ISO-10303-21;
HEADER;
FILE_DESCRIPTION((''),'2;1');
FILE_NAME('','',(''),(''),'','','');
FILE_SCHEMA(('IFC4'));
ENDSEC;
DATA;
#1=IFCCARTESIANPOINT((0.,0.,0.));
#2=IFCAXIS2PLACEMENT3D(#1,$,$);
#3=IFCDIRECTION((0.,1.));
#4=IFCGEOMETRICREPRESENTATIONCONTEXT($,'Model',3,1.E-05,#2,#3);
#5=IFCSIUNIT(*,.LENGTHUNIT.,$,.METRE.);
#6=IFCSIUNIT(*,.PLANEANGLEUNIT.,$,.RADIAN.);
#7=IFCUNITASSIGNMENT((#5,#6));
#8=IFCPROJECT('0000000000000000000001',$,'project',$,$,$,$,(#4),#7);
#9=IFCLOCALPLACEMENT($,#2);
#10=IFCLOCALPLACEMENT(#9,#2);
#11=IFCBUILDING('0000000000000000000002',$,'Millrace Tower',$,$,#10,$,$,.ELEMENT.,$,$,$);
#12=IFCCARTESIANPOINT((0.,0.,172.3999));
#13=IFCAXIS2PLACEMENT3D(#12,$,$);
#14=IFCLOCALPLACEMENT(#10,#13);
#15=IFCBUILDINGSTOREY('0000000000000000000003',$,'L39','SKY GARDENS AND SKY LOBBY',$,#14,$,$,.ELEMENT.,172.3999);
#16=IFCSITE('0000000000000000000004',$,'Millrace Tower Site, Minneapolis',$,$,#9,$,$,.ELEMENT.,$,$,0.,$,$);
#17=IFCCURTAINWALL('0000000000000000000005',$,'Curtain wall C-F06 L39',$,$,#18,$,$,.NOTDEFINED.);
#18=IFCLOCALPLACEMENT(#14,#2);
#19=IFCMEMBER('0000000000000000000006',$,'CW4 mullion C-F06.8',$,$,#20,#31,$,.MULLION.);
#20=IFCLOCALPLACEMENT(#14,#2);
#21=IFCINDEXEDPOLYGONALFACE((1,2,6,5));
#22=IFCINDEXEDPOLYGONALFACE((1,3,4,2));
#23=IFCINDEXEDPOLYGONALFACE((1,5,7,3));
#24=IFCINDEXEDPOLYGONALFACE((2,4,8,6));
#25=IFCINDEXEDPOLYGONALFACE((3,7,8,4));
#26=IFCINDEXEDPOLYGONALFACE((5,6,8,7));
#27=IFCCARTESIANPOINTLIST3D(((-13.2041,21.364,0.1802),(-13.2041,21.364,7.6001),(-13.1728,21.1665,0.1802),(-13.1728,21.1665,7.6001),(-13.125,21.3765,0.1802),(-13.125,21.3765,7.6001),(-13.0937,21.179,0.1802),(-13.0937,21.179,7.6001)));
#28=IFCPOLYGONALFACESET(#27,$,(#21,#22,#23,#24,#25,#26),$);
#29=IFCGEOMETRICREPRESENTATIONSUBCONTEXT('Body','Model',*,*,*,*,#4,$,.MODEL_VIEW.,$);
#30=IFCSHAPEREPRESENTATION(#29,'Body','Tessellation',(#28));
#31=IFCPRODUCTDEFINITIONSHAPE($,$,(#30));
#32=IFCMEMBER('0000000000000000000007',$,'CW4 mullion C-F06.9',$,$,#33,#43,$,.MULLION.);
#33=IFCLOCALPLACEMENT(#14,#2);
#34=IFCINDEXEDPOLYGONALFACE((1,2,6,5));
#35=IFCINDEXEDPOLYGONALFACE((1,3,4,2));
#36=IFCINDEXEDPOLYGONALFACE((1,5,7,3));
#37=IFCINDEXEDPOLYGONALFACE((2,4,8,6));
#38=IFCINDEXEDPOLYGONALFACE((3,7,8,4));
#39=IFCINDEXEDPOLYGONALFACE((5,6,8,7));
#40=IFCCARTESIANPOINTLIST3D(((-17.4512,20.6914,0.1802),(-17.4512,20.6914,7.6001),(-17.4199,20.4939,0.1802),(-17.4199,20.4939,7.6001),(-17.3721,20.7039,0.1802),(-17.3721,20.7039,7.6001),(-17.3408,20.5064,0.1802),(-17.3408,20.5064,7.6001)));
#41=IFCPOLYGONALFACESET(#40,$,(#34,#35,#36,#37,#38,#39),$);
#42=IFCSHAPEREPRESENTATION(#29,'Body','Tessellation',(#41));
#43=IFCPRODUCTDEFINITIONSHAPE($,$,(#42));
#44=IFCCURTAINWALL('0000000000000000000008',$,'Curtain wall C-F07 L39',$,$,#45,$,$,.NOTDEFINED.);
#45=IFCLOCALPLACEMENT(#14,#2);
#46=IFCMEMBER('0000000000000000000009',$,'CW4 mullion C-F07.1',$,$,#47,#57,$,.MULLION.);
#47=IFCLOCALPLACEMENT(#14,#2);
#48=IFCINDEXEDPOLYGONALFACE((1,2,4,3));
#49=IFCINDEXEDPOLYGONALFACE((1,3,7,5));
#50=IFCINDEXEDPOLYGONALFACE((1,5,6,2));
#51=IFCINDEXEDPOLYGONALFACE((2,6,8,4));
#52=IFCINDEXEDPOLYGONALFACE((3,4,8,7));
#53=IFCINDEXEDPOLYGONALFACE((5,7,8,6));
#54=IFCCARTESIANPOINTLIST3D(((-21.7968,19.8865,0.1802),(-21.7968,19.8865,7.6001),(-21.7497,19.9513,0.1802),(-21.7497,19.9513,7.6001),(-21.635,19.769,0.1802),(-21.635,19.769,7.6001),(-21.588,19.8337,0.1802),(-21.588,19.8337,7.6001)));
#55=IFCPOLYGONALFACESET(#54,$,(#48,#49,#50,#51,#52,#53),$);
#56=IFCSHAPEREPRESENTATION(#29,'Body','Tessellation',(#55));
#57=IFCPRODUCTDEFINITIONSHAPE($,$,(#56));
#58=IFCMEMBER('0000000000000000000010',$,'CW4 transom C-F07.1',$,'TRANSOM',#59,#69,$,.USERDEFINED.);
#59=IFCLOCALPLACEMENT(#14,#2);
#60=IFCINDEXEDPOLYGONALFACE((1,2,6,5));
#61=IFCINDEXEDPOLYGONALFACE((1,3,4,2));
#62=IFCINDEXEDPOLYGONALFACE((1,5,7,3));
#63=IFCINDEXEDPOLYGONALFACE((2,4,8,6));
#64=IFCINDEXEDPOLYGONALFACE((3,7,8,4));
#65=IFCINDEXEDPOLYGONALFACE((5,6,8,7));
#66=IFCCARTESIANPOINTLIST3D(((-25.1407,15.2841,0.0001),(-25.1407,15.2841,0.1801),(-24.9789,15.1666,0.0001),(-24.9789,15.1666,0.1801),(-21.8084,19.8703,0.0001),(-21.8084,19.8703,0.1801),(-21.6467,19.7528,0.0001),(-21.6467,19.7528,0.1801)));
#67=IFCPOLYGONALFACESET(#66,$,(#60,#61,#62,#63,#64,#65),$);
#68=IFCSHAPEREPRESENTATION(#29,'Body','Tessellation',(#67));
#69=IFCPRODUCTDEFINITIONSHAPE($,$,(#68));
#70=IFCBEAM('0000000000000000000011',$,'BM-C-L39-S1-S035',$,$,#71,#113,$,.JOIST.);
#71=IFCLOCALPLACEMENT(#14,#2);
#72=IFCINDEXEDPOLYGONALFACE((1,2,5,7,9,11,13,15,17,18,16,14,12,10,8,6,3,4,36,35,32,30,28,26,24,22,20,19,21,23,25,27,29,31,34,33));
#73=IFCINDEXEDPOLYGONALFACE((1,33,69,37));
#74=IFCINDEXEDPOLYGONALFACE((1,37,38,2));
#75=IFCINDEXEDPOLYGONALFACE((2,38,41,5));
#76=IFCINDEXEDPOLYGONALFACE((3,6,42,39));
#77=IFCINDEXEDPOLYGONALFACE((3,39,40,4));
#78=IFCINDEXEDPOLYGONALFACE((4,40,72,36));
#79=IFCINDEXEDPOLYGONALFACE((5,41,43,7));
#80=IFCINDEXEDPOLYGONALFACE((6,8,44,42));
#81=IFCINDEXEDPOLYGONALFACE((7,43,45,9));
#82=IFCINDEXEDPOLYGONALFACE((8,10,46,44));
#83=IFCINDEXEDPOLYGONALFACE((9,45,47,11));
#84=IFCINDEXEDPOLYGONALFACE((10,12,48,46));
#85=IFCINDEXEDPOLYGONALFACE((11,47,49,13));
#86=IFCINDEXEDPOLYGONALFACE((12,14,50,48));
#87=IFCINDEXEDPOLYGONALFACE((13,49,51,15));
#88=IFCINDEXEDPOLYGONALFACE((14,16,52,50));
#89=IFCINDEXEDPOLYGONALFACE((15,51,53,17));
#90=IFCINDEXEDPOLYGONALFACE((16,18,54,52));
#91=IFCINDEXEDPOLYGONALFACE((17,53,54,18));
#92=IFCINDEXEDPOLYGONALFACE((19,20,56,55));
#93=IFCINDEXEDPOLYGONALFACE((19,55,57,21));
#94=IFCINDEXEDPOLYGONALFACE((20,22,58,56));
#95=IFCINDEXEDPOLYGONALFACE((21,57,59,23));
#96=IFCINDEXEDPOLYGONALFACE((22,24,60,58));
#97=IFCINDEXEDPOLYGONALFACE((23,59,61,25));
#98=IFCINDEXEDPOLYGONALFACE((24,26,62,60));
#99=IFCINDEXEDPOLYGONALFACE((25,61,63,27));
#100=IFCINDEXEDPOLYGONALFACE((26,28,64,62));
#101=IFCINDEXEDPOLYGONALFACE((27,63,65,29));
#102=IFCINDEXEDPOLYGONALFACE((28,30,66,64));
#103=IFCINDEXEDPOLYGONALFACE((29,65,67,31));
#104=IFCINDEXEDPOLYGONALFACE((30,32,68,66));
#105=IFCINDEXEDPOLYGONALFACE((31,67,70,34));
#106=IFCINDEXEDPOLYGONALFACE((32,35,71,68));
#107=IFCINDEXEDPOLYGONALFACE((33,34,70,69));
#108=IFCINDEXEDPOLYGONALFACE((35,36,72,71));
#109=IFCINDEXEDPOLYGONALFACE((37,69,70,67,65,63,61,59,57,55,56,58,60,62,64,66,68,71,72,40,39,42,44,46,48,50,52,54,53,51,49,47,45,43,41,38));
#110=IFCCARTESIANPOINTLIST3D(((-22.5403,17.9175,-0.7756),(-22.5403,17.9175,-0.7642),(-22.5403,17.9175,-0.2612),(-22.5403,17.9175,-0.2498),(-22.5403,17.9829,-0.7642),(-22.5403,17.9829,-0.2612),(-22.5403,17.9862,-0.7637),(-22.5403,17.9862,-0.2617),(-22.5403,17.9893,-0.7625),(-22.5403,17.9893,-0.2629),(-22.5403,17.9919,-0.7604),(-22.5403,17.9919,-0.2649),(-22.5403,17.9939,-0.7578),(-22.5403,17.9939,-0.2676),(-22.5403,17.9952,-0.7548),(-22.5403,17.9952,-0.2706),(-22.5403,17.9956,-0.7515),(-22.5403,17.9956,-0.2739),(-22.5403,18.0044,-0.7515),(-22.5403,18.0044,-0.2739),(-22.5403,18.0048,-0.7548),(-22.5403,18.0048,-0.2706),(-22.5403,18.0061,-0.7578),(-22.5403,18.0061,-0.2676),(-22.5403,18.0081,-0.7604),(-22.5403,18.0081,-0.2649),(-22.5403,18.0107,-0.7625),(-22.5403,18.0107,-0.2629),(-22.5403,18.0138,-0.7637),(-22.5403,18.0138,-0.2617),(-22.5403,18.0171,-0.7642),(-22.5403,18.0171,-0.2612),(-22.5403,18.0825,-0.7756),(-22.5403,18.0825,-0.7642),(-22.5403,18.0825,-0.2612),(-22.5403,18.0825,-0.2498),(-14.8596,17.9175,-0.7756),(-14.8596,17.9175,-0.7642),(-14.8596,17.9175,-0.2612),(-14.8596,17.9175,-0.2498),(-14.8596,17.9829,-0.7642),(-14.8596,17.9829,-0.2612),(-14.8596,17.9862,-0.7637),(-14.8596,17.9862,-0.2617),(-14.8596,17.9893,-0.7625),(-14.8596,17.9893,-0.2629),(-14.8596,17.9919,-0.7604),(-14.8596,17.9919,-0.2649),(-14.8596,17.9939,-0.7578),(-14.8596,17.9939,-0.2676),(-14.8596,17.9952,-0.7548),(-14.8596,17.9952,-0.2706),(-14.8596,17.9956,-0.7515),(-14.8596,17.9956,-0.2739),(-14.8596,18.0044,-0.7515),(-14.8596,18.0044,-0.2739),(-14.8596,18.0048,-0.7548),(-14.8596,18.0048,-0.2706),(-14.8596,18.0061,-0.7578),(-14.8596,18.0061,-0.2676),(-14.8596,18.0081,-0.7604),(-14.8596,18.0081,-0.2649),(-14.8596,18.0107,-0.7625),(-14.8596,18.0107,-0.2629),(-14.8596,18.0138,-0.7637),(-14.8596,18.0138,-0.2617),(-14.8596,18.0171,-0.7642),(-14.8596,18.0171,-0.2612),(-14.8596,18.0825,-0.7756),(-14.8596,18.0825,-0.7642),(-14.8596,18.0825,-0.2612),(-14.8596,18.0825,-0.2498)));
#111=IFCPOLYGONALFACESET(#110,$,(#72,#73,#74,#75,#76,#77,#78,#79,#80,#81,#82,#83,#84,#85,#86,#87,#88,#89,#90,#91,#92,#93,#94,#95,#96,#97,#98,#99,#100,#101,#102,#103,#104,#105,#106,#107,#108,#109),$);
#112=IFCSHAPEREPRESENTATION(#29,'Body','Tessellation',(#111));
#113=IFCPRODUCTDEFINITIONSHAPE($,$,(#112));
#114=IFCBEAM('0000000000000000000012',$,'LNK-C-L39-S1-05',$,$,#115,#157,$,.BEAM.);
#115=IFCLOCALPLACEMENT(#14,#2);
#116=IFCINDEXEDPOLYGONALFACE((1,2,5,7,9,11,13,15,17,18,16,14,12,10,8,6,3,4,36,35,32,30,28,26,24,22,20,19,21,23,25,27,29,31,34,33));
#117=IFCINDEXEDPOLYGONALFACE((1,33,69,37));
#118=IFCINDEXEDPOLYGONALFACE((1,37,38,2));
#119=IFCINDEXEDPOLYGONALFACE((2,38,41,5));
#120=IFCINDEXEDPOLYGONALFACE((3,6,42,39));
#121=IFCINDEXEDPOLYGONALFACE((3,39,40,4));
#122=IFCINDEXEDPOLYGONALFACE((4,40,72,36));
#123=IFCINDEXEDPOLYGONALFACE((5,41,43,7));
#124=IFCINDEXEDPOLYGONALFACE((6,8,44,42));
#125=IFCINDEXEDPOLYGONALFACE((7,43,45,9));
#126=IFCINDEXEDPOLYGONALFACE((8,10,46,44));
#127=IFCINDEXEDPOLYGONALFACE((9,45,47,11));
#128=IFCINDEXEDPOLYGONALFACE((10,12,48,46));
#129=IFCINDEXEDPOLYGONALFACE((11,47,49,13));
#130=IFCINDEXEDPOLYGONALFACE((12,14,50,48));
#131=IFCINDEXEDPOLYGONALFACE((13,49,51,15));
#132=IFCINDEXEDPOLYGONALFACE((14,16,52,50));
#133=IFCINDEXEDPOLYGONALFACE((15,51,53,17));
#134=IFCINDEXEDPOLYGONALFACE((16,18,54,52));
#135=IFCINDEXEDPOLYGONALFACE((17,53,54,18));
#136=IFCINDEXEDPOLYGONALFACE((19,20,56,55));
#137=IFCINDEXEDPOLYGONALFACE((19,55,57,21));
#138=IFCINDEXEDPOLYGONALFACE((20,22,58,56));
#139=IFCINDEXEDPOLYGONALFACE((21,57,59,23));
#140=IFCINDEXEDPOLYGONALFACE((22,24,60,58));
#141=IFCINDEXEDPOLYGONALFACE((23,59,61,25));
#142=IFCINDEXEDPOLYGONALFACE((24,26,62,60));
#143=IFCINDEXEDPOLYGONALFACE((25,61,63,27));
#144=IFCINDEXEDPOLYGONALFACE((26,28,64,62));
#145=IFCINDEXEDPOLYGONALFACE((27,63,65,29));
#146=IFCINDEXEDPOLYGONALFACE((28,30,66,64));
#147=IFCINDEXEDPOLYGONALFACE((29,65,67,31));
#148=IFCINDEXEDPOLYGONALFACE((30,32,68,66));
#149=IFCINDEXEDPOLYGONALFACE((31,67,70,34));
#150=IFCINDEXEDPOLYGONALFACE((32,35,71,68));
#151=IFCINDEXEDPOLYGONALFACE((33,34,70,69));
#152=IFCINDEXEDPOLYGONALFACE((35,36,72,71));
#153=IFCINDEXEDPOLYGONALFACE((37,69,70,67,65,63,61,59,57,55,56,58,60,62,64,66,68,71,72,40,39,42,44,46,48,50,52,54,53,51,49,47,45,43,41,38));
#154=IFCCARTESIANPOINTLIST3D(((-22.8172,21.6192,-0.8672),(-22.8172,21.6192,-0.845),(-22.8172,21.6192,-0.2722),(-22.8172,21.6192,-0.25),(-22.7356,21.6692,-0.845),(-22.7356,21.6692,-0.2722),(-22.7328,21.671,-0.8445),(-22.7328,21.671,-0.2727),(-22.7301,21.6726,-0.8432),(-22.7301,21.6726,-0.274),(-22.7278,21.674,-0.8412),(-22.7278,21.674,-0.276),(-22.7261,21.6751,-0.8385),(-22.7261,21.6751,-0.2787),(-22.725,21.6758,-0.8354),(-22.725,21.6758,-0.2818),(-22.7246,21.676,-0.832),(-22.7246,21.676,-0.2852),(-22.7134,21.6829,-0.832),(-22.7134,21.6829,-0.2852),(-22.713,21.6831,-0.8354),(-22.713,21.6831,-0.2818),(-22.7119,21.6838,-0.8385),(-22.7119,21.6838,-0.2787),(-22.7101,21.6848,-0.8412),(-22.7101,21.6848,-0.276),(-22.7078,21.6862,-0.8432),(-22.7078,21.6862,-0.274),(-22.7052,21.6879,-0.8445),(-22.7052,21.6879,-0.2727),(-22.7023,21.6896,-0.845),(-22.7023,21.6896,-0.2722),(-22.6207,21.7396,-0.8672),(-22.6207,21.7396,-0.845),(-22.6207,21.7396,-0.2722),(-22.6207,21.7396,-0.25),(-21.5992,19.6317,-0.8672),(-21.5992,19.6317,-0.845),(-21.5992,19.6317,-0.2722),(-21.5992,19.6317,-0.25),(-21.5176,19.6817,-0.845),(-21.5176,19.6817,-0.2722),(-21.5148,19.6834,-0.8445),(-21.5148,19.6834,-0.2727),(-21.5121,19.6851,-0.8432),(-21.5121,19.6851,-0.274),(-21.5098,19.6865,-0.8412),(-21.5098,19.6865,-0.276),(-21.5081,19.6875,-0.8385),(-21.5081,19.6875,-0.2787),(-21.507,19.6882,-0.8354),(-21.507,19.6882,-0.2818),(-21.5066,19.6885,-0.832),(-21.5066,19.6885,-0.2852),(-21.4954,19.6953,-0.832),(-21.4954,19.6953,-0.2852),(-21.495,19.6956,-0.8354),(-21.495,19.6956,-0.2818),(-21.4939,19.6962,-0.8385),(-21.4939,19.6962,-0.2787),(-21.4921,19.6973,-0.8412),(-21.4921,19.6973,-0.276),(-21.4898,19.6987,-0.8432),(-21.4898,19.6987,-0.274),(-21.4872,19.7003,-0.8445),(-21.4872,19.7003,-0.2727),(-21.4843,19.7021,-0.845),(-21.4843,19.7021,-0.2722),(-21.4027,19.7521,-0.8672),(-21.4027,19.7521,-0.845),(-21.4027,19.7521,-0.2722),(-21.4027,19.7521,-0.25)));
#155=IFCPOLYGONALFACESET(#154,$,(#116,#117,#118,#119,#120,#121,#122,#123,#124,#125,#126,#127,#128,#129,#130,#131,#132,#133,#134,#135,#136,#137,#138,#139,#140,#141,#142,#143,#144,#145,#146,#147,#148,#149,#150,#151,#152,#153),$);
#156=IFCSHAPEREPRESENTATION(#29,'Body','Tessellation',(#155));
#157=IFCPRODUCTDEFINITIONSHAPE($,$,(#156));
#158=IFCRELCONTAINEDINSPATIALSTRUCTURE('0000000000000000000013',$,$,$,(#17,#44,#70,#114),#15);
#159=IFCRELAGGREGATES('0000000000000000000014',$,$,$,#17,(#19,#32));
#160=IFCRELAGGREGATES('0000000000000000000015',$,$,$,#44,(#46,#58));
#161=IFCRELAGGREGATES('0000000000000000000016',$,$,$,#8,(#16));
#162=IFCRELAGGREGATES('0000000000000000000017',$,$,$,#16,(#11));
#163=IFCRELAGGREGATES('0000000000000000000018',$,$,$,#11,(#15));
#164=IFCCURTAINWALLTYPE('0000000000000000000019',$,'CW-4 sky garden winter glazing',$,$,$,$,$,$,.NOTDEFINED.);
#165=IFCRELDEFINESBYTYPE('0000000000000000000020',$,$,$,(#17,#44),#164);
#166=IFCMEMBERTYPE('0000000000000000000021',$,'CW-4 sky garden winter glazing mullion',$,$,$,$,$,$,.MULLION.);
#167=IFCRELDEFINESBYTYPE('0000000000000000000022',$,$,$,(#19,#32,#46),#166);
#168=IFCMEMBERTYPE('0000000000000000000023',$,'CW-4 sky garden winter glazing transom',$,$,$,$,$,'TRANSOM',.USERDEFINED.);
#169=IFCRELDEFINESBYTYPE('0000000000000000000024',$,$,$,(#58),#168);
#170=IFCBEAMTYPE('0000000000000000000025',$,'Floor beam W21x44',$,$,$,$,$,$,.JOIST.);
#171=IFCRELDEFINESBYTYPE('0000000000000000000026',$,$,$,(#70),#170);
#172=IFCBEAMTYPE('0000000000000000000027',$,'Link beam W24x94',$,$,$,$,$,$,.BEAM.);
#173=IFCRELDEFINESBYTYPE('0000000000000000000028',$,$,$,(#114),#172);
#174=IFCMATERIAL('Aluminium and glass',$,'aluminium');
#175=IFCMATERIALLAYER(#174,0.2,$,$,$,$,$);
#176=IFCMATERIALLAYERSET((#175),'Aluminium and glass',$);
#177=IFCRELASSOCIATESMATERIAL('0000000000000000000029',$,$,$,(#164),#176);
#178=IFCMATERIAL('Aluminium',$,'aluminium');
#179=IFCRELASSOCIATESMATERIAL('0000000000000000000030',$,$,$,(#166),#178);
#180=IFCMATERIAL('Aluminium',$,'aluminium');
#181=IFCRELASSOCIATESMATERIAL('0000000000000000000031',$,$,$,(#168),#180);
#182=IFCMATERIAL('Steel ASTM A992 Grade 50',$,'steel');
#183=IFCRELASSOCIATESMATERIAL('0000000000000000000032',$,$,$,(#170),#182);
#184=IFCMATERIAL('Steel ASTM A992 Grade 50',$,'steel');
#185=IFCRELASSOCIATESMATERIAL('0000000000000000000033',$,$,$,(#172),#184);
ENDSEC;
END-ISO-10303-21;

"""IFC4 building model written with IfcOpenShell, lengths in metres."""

from ifc_helpers import new_model, si_unit, direction, frame, origin, origin_2d, place, context, subcontext, project, spatial, rectangle, i_section, extrude, material, layer, layer_set, material_profile, profile_set, type_object, element, aggregate, save


model = new_model("IFC4")

# Units and contexts
model_context = context("Model", 3, precision=1e-05, world=origin(), true_north=direction((0.0, 1.0)))
body_context = subcontext(model_context, "Body", "Model", "MODEL_VIEW")
ifc_project = project(units=[si_unit("LENGTHUNIT", "METRE"), si_unit("PLANEANGLEUNIT", "RADIAN")], contexts=[model_context])

# Site, building, storey
site_placement = place(None, origin())
site = spatial("IfcSite", under=ifc_project, at=site_placement, Name="Millrace Tower Site, Minneapolis", CompositionType="ELEMENT", RefElevation=0.0)
building_placement = place(site_placement, origin())
building = spatial("IfcBuilding", under=site, at=building_placement, Name="Millrace Tower", CompositionType="ELEMENT")
storey_placement = place(building_placement, frame((0.0, 0.0, 172.3999)))
storey = spatial("IfcBuildingStorey", under=building, at=storey_placement, Name="L39", Description="SKY GARDENS AND SKY LOBBY", CompositionType="ELEMENT", Elevation=172.3999)

# Curtain walls, members
ifc_material_1 = material(Name="Aluminium and glass", Category="aluminium")
ifc_layer_1 = layer(ifc_material_1, 0.2)
ifc_layer_set_1 = layer_set([ifc_layer_1], Name="Aluminium and glass")
curtain_wall_type = type_object("IfcCurtainWallType", Name="CW-4 sky garden winter glazing", PredefinedType="NOTDEFINED", material=ifc_layer_set_1)
placement = place(storey_placement, origin())
curtain_wall_1 = element("IfcCurtainWall", 1, at=placement, inside=storey, type_object=curtain_wall_type, Name="Curtain wall C-F06 L39", PredefinedType="NOTDEFINED")
ifc_material_2 = material(Name="Aluminium", Category="aluminium")
ifc_material_profile_1 = material_profile(ifc_material_2, rectangle(XDim=0.0801, YDim=0.2, at=origin_2d()))
ifc_profile_set_1 = profile_set([ifc_material_profile_1], Name="Aluminium")
member_type_1 = type_object("IfcMemberType", Name="CW-4 sky garden winter glazing mullion", PredefinedType="MULLION", material=ifc_profile_set_1)
member_1_placement = place(storey_placement, frame((-13.1489, 21.2715, 0.1802), z_axis=(0.0, 0.0, 1.0), x_axis=(-0.987688, -0.156434, 0.0)))
member_1 = element("IfcMember", 2, at=member_1_placement, type_object=member_type_1, Name="CW4 mullion C-F06.8", PredefinedType="MULLION", context=body_context, shape_type="SweptSolid", body=[
    extrude(rectangle(XDim=0.0801, YDim=0.2, at=origin_2d()), origin(), (0.0, 0.0, 1.0), 7.4199),
])
member_2_placement = place(storey_placement, frame((-17.396, 20.5989, 0.1802), z_axis=(0.0, 0.0, 1.0), x_axis=(-0.987688, -0.156434, 0.0)))
member_2 = element("IfcMember", 3, at=member_2_placement, type_object=member_type_1, Name="CW4 mullion C-F06.9", PredefinedType="MULLION", context=body_context, shape_type="SweptSolid", body=[
    extrude(rectangle(XDim=0.0801, YDim=0.2, at=origin_2d()), origin(), (0.0, 0.0, 1.0), 7.4199),
])
aggregate(curtain_wall_1, [member_1, member_2])
curtain_wall_2 = element("IfcCurtainWall", 4, at=placement, inside=storey, type_object=curtain_wall_type, Name="Curtain wall C-F07 L39", PredefinedType="NOTDEFINED")
member_3_placement = place(storey_placement, frame((-21.6924, 19.8601, 0.1802), z_axis=(0.0, 0.0, 1.0), x_axis=(-0.587785, -0.809017, 0.0)))
member_3 = element("IfcMember", 5, at=member_3_placement, type_object=member_type_1, Name="CW4 mullion C-F07.1", PredefinedType="MULLION", context=body_context, shape_type="SweptSolid", body=[
    extrude(rectangle(XDim=0.0801, YDim=0.2, at=origin_2d()), origin(), (0.0, 0.0, 1.0), 7.4199),
])
ifc_material_3 = material(Name="Aluminium", Category="aluminium")
ifc_material_profile_2 = material_profile(ifc_material_3, rectangle(XDim=0.2, YDim=0.1799, at=origin_2d()))
ifc_profile_set_2 = profile_set([ifc_material_profile_2], Name="Aluminium")
member_type_2 = type_object("IfcMemberType", Name="CW-4 sky garden winter glazing transom", ElementType="TRANSOM", PredefinedType="USERDEFINED", material=ifc_profile_set_2)
member_4_placement = place(storey_placement, frame((-21.7275, 19.8115, 0.0901), z_axis=(-0.587811, -0.808999, 0.0), x_axis=(0.808999, -0.587811, 0.0)))
member_4 = element("IfcMember", 6, at=member_4_placement, type_object=member_type_2, Name="CW4 transom C-F07.1", ObjectType="TRANSOM", PredefinedType="USERDEFINED", context=body_context, shape_type="SweptSolid", body=[
    extrude(rectangle(XDim=0.2, YDim=0.1799, at=origin_2d()), origin(), (0.0, 0.0, 1.0), 5.6689),
])
aggregate(curtain_wall_2, [member_3, member_4])

# Beams
ifc_material_4 = material(Name="Steel ASTM A992 Grade 50", Category="steel")
ifc_material_profile_3 = material_profile(ifc_material_4, i_section(OverallWidth=0.165, OverallDepth=0.5259, WebThickness=0.0088, FlangeThickness=0.0115, FilletRadius=0.0127, at=origin_2d()))
ifc_profile_set_3 = profile_set([ifc_material_profile_3], Name="Steel ASTM A992 Grade 50")
beam_type_1 = type_object("IfcBeamType", Name="Floor beam W21x44", PredefinedType="JOIST", material=ifc_profile_set_3)
beam_1_placement = place(storey_placement, frame((-22.5403, 18.0, -0.5127), z_axis=(1.0, 0.0, 0.0), x_axis=(0.0, 1.0, 0.0)))
element("IfcBeam", 7, at=beam_1_placement, inside=storey, type_object=beam_type_1, Name="BM-C-L39-S1-S035", PredefinedType="JOIST", context=body_context, shape_type="SweptSolid", body=[
    extrude(i_section(OverallWidth=0.165, OverallDepth=0.5259, WebThickness=0.0088, FlangeThickness=0.0115, FilletRadius=0.0127, at=origin_2d()), origin(), (0.0, 0.0, 1.0), 7.6807),
])
ifc_material_5 = material(Name="Steel ASTM A992 Grade 50", Category="steel")
ifc_material_profile_4 = material_profile(ifc_material_5, i_section(OverallWidth=0.2305, OverallDepth=0.6172, WebThickness=0.0132, FlangeThickness=0.0222, FilletRadius=0.0129, at=origin_2d()))
ifc_profile_set_4 = profile_set([ifc_material_profile_4], Name="Steel ASTM A992 Grade 50")
beam_type_2 = type_object("IfcBeamType", Name="Link beam W24x94", PredefinedType="BEAM", material=ifc_profile_set_4)
beam_2_placement = place(storey_placement, frame((-21.501, 19.6919, -0.5586), z_axis=(-0.522513, 0.852631, 0.0), x_axis=(-0.852631, -0.522513, 0.0)))
element("IfcBeam", 8, at=beam_2_placement, inside=storey, type_object=beam_type_2, Name="LNK-C-L39-S1-05", PredefinedType="BEAM", context=body_context, shape_type="SweptSolid", body=[
    extrude(i_section(OverallWidth=0.2305, OverallDepth=0.6172, WebThickness=0.0132, FlangeThickness=0.0222, FilletRadius=0.0129, at=origin_2d()), origin(), (0.0, 0.0, 1.0), 2.3311),
])

save(model, "model.ifc")
